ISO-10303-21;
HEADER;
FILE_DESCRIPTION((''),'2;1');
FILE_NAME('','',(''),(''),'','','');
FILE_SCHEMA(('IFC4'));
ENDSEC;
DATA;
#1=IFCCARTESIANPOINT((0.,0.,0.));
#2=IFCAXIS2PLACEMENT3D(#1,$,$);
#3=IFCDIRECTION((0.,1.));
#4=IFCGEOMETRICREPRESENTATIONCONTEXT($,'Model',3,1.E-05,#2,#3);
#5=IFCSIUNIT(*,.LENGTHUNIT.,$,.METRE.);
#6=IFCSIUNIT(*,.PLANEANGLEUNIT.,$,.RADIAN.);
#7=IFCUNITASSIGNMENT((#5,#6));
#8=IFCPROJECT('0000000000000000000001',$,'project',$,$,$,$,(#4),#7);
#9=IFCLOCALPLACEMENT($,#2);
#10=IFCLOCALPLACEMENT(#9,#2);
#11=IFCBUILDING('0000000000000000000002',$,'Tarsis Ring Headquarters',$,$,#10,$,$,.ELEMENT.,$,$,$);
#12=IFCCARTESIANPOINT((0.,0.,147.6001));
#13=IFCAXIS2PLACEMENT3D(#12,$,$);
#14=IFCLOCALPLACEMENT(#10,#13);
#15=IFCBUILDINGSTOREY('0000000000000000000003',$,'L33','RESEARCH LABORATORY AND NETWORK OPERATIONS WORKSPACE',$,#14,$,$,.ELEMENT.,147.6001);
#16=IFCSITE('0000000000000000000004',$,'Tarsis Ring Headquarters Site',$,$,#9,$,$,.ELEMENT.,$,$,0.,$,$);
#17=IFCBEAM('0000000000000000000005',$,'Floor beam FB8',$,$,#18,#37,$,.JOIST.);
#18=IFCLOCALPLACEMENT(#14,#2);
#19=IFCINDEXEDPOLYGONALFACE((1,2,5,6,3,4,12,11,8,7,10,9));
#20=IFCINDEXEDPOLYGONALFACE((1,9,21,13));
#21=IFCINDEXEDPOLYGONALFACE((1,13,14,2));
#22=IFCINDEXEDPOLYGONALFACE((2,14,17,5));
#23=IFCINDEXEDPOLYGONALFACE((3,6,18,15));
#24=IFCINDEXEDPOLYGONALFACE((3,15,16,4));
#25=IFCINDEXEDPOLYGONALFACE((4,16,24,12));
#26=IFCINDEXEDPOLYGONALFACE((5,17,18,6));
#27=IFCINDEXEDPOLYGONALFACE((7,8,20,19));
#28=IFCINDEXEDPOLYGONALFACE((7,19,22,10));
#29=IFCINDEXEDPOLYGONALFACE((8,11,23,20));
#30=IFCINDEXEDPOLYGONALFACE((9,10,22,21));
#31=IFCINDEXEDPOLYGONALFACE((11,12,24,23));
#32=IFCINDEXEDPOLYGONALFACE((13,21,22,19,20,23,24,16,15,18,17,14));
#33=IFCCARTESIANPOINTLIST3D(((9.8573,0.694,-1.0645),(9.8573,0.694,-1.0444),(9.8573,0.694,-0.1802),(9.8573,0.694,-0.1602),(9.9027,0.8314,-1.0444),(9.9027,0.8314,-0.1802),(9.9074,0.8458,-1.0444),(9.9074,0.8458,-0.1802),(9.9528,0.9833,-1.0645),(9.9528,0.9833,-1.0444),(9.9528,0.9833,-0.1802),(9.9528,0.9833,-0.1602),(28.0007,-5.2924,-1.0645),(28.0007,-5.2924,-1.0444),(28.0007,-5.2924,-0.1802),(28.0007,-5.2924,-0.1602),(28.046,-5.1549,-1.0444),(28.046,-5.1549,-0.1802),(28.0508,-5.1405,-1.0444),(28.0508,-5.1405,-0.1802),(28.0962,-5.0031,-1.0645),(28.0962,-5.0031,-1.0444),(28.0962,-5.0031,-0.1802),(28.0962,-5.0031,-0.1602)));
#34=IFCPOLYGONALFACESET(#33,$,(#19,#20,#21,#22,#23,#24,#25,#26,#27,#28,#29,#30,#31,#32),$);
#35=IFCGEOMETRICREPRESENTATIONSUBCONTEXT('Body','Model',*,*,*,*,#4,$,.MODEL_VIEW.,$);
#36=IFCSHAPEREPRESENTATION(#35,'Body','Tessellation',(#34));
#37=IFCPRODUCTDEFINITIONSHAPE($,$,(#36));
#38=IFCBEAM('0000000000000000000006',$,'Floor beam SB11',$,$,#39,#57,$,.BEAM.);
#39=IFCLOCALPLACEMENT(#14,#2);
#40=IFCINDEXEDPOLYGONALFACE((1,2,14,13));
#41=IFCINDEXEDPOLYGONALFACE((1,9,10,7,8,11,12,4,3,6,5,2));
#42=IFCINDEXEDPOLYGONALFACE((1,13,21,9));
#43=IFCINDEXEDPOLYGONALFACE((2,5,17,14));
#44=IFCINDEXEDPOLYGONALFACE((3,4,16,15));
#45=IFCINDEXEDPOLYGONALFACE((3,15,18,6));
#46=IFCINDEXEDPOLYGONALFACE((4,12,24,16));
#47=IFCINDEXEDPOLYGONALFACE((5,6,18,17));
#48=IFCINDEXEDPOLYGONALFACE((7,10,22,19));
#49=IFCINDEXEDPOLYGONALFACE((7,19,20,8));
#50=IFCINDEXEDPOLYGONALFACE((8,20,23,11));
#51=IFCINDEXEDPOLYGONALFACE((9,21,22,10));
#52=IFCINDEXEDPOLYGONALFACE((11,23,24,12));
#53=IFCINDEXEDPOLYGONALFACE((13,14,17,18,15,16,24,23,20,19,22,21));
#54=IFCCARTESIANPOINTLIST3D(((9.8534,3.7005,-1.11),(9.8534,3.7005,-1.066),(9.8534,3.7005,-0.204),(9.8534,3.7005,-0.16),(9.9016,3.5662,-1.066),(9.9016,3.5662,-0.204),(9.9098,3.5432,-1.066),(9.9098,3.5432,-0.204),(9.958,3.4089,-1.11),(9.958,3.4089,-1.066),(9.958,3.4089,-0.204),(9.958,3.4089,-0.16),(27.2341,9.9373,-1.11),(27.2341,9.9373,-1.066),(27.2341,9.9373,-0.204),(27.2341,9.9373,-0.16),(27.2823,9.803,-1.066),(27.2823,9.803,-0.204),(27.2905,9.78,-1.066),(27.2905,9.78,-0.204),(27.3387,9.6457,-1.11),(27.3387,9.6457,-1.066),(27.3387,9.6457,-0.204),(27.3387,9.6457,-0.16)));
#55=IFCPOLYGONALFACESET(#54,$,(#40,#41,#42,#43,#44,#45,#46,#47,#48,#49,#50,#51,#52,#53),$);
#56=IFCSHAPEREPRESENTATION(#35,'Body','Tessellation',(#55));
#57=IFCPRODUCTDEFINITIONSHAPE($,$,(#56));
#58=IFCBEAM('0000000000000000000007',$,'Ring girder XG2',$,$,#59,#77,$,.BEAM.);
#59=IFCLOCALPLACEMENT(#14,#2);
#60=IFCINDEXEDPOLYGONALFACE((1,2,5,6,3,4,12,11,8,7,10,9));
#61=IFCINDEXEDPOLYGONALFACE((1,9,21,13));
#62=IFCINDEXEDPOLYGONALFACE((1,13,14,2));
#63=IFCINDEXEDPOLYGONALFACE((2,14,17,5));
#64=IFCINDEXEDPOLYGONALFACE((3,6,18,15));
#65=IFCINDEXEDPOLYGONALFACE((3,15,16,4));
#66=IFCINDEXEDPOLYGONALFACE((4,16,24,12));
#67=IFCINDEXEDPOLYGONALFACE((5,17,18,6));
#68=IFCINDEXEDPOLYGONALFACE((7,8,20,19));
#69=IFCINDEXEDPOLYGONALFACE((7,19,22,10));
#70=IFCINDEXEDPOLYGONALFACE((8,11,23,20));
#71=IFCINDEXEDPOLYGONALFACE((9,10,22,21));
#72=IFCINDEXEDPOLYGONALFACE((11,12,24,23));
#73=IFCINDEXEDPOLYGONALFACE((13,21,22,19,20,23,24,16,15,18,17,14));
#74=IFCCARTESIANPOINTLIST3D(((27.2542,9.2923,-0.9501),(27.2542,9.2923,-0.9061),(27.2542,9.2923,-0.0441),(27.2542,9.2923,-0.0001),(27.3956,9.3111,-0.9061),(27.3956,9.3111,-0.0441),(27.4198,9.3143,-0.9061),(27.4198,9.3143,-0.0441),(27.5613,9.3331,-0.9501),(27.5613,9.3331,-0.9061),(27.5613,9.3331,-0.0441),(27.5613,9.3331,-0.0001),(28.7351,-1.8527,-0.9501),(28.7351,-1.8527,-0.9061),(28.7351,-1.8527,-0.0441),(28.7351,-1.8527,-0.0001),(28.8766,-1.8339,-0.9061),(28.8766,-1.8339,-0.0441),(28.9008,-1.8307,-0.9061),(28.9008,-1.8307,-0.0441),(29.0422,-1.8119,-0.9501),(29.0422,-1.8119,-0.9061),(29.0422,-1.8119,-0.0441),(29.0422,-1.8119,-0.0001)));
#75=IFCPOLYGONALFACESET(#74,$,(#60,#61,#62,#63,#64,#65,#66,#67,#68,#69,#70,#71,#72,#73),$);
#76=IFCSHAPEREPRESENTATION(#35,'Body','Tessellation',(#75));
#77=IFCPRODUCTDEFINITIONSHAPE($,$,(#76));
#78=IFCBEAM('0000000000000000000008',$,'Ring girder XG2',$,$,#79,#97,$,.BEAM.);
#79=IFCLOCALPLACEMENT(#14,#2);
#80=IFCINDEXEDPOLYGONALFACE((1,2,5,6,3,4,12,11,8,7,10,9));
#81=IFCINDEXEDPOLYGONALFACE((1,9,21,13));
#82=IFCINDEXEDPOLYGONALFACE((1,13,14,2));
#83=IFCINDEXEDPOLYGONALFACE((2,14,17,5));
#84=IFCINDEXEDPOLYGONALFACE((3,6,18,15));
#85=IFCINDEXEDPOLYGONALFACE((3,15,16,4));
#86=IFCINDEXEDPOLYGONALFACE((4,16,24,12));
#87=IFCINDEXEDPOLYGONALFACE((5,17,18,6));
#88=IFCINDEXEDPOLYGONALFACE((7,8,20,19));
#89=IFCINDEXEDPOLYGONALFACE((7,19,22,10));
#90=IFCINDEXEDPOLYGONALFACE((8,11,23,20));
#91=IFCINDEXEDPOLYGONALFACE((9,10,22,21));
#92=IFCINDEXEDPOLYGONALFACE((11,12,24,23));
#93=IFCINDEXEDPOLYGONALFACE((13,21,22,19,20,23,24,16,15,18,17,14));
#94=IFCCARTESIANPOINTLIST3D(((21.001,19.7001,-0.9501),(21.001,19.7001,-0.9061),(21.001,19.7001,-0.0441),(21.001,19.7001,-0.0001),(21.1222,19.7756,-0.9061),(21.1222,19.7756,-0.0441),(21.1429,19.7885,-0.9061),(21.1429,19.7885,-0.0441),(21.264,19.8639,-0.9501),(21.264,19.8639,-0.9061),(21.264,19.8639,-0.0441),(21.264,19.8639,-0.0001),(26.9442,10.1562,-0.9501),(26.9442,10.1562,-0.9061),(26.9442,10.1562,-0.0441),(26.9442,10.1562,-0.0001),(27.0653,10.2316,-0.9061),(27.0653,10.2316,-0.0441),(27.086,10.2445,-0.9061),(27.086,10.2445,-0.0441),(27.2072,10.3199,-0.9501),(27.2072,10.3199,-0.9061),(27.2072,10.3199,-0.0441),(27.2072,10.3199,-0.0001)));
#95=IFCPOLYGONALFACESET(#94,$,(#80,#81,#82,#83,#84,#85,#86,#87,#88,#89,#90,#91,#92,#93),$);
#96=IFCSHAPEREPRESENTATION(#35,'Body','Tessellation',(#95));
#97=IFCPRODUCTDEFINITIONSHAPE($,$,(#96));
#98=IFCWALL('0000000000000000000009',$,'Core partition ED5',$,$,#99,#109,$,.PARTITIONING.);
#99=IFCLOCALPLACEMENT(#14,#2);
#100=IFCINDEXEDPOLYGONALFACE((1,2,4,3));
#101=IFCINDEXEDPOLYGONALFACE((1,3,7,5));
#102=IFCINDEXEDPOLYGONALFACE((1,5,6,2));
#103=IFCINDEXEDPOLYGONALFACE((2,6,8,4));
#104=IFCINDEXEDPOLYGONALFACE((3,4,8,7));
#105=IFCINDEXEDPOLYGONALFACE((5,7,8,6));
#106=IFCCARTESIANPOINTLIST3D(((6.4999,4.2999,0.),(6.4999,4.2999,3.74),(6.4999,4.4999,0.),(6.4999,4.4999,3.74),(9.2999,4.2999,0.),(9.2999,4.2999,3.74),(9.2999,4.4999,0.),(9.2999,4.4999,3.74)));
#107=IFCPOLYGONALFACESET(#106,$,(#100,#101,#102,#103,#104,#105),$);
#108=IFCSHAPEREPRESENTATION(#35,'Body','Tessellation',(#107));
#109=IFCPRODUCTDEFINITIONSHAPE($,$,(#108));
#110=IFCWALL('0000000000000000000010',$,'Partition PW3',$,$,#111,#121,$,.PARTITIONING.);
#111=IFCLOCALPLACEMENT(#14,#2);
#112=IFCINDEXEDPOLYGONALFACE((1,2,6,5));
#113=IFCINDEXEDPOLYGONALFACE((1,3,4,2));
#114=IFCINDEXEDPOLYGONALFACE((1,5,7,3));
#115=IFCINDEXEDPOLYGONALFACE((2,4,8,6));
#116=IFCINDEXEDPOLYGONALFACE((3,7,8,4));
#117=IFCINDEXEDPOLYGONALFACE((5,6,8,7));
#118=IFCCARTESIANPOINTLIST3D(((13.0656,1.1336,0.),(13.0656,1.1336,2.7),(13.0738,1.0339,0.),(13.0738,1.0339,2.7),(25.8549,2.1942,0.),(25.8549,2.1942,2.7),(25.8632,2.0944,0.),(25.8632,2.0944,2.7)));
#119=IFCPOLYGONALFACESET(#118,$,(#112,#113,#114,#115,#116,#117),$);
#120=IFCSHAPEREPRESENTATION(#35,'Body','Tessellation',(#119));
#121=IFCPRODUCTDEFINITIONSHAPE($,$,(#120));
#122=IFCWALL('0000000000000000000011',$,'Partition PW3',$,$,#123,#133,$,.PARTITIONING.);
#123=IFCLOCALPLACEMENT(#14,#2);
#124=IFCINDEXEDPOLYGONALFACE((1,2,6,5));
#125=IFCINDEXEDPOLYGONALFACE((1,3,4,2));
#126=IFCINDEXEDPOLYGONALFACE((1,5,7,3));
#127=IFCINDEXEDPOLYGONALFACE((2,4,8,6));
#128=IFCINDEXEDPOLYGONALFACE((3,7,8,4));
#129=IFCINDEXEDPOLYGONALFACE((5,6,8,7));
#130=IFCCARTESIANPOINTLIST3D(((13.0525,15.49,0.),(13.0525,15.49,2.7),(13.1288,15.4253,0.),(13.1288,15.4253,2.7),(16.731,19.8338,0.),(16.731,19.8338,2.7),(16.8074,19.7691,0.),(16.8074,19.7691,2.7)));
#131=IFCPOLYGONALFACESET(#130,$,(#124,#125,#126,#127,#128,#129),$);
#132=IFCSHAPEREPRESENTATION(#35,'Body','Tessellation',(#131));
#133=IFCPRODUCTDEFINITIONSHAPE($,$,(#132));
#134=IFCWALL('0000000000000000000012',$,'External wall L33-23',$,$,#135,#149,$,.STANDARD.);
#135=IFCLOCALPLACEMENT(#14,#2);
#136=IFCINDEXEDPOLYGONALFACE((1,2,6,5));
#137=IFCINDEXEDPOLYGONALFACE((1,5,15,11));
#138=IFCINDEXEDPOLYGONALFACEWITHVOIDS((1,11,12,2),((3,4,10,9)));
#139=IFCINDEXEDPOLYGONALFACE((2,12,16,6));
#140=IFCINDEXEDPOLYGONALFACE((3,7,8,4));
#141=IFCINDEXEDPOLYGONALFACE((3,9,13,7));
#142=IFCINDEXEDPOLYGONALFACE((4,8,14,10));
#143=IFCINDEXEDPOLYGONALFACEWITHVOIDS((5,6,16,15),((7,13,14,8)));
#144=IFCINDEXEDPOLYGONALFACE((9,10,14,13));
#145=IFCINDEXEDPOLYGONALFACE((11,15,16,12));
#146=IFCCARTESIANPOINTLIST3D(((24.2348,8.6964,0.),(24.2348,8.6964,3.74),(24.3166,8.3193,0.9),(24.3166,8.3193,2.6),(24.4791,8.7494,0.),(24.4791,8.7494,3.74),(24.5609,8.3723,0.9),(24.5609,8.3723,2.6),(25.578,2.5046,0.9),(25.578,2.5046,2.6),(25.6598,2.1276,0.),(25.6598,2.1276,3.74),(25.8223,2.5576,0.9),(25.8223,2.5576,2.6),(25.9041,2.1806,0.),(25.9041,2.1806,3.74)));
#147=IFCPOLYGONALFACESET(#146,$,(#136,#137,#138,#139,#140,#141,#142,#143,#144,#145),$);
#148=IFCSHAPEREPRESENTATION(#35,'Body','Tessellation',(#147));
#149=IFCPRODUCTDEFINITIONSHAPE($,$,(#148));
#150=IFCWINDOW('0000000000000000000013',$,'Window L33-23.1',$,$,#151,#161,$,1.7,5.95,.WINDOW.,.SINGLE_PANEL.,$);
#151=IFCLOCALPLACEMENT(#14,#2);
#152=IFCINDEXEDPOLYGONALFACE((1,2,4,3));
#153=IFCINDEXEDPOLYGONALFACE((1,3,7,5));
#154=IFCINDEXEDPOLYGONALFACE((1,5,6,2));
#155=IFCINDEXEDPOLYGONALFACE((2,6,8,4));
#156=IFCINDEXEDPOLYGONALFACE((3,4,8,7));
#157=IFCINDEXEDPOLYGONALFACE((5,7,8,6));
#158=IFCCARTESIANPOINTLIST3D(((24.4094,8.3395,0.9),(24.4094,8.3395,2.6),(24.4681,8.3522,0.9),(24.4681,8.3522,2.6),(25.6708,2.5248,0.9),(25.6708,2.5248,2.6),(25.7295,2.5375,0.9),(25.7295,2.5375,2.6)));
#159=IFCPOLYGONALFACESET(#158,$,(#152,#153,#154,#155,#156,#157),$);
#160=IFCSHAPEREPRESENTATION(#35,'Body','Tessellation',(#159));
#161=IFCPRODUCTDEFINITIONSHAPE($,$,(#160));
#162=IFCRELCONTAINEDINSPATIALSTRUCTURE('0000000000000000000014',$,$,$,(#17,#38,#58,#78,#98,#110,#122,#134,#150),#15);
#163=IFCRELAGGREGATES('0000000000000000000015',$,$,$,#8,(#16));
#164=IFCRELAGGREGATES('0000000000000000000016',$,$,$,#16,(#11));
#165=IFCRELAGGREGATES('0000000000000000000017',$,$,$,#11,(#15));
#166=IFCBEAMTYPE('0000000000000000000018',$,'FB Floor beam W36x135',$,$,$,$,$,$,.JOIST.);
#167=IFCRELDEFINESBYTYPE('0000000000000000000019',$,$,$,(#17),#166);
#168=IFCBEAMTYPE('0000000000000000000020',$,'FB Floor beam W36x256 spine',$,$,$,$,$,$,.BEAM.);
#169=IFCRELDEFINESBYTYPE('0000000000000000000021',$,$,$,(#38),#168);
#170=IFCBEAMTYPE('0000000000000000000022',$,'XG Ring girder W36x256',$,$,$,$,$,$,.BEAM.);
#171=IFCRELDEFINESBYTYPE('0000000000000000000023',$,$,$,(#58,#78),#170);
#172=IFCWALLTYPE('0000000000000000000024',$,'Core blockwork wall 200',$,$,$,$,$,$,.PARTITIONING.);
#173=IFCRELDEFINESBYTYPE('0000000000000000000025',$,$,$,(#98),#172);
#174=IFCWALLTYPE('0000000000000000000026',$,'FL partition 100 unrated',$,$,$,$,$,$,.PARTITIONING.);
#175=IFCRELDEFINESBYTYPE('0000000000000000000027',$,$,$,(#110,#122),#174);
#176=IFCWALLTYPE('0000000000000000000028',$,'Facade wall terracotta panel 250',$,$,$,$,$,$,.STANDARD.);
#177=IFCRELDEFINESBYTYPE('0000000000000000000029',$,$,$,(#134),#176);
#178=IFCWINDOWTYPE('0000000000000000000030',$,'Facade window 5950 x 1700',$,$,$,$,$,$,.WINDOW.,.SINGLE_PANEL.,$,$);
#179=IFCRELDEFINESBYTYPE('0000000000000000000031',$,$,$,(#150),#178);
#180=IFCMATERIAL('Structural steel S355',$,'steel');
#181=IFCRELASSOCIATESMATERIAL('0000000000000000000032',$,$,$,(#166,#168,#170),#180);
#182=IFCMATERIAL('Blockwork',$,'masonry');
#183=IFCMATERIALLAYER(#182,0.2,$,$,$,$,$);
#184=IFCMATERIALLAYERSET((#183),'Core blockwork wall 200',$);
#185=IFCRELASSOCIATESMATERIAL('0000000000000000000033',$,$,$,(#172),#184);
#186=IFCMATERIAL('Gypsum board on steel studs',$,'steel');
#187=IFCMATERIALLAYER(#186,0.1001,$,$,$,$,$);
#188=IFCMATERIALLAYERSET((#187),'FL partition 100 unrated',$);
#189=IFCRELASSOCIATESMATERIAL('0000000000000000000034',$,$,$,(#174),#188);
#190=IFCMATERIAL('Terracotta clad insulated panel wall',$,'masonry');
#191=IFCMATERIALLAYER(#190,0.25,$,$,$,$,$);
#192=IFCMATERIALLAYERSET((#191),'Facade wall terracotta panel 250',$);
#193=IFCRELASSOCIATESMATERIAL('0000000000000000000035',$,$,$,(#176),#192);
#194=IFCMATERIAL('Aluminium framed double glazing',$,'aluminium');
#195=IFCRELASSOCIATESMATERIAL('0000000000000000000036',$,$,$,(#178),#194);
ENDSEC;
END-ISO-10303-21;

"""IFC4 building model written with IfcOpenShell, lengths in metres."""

from ifc_helpers import new_model, si_unit, direction, frame, frame_2d, origin, origin_2d, place, context, subcontext, project, spatial, rectangle, i_section, extrude, material, layer, layer_set, material_profile, profile_set, type_object, element, fill, save


model = new_model("IFC4")

# Units and contexts
model_context = context("Model", 3, precision=1e-05, world=origin(), true_north=direction((0.0, 1.0)))
body_context = subcontext(model_context, "Body", "Model", "MODEL_VIEW")
ifc_project = project(units=[si_unit("LENGTHUNIT", "METRE"), si_unit("PLANEANGLEUNIT", "RADIAN")], contexts=[model_context])

# Site, building, storey
site_placement = place(None, origin())
site = spatial("IfcSite", under=ifc_project, at=site_placement, Name="Tarsis Ring Headquarters Site", CompositionType="ELEMENT", RefElevation=0.0)
building_placement = place(site_placement, origin())
building = spatial("IfcBuilding", under=site, at=building_placement, Name="Tarsis Ring Headquarters", CompositionType="ELEMENT")
storey_placement = place(building_placement, frame((0.0, 0.0, 147.6001)))
storey = spatial("IfcBuildingStorey", under=building, at=storey_placement, Name="L33", Description="RESEARCH LABORATORY AND NETWORK OPERATIONS WORKSPACE", CompositionType="ELEMENT", Elevation=147.6001)

# Shared definitions
ifc_material_1 = material(Name="Structural steel S355", Category="steel")

# Beams
ifc_material_profile_1 = material_profile(ifc_material_1, i_section(OverallWidth=0.3047, OverallDepth=0.9043, WebThickness=0.0151, FlangeThickness=0.02, at=origin_2d()), Name="W36x135")
ifc_profile_set_1 = profile_set([ifc_material_profile_1], Name="Structural steel S355")
beam_type_1 = type_object("IfcBeamType", Name="FB Floor beam W36x135", PredefinedType="JOIST", material=ifc_profile_set_1)
beam_1_placement = place(storey_placement, frame((9.905, 0.8386, -0.6123), z_axis=(0.949644, -0.313332, 0.0), x_axis=(0.313332, 0.949644, 0.0)))
element("IfcBeam", 1, at=beam_1_placement, inside=storey, type_object=beam_type_1, Name="Floor beam FB8", PredefinedType="JOIST", context=body_context, shape_type="SweptSolid", body=[
    extrude(i_section(OverallWidth=0.3047, OverallDepth=0.9043, WebThickness=0.0151, FlangeThickness=0.02, at=origin_2d()), origin(), (0.0, 0.0, 1.0), 19.1055),
])
ifc_material_profile_2 = material_profile(ifc_material_1, i_section(OverallWidth=0.3098, OverallDepth=0.95, WebThickness=0.0244, FlangeThickness=0.0439, at=origin_2d()), Name="W36x256")
ifc_profile_set_2 = profile_set([ifc_material_profile_2], Name="Structural steel S355")
beam_type_2 = type_object("IfcBeamType", Name="FB Floor beam W36x256 spine", PredefinedType="BEAM", material=ifc_profile_set_2)
beam_2_placement = place(storey_placement, frame((27.2864, 9.7915, -0.635), z_axis=(-0.941236, -0.337751, 0.0), x_axis=(0.337751, -0.941236, 0.0)))
element("IfcBeam", 2, at=beam_2_placement, inside=storey, type_object=beam_type_2, Name="Floor beam SB11", PredefinedType="BEAM", context=body_context, shape_type="SweptSolid", body=[
    extrude(i_section(OverallWidth=0.3098, OverallDepth=0.95, WebThickness=0.0244, FlangeThickness=0.0439, at=origin_2d()), origin(), (0.0, 0.0, 1.0), 18.4658),
])
beam_type_3 = type_object("IfcBeamType", Name="XG Ring girder W36x256", PredefinedType="BEAM", material=ifc_profile_set_2)
beam_3_placement = place(storey_placement, frame((28.8887, -1.8323, -0.4751), z_axis=(-0.131723, 0.991287, 0.0), x_axis=(-0.991287, -0.131723, 0.0)))
element("IfcBeam", 3, at=beam_3_placement, inside=storey, type_object=beam_type_3, Name="Ring girder XG2", PredefinedType="BEAM", context=body_context, shape_type="SweptSolid", body=[
    extrude(i_section(OverallWidth=0.3098, OverallDepth=0.95, WebThickness=0.0244, FlangeThickness=0.0439, at=origin_2d()), origin(), (0.0, 0.0, 1.0), 11.2429),
])
beam_4_placement = place(storey_placement, frame((27.0757, 10.238, -0.4751), z_axis=(-0.528601, 0.848871, 0.0), x_axis=(-0.848871, -0.528601, 0.0)))
element("IfcBeam", 4, at=beam_4_placement, inside=storey, type_object=beam_type_3, Name="Ring girder XG2", PredefinedType="BEAM", context=body_context, shape_type="SweptSolid", body=[
    extrude(i_section(OverallWidth=0.3098, OverallDepth=0.95, WebThickness=0.0244, FlangeThickness=0.0439, at=origin_2d()), origin(), (0.0, 0.0, 1.0), 11.2432),
])

# Walls
ifc_material_2 = material(Name="Blockwork", Category="masonry")
ifc_layer_1 = layer(ifc_material_2, 0.2)
ifc_layer_set_1 = layer_set([ifc_layer_1], Name="Core blockwork wall 200")
wall_type_1 = type_object("IfcWallType", Name="Core blockwork wall 200", PredefinedType="PARTITIONING", material=ifc_layer_set_1)
wall_1_placement = place(storey_placement, frame((6.5, 4.3999, 0.0), z_axis=(0.0, 0.0, 1.0), x_axis=(1.0, 0.0, 0.0)))
element("IfcWall", 5, at=wall_1_placement, inside=storey, type_object=wall_type_1, Name="Core partition ED5", PredefinedType="PARTITIONING", context=body_context, shape_type="SweptSolid", body=[
    extrude(rectangle(XDim=2.8, YDim=0.2, at=frame_2d((1.3999, 0.0))), origin(), (0.0, 0.0, 1.0), 3.74),
])
ifc_material_3 = material(Name="Gypsum board on steel studs", Category="steel")
ifc_layer_2 = layer(ifc_material_3, 0.1001)
ifc_layer_set_2 = layer_set([ifc_layer_2], Name="FL partition 100 unrated")
wall_type_2 = type_object("IfcWallType", Name="FL partition 100 unrated", PredefinedType="PARTITIONING", material=ifc_layer_set_2)
wall_2_placement = place(storey_placement, frame((13.0698, 1.0837, 0.0), z_axis=(0.0, 0.0, 1.0), x_axis=(0.996579, 0.082641, 0.0)))
element("IfcWall", 6, at=wall_2_placement, inside=storey, type_object=wall_type_2, Name="Partition PW3", PredefinedType="PARTITIONING", context=body_context, shape_type="SweptSolid", body=[
    extrude(rectangle(XDim=12.8333, YDim=0.1001, at=frame_2d((6.4165, 0.0))), origin(), (0.0, 0.0, 1.0), 2.7),
])
wall_3_placement = place(storey_placement, frame((13.0906, 15.4575, 0.0), z_axis=(0.0, 0.0, 1.0), x_axis=(0.646248, 0.763128, 0.0)))
element("IfcWall", 7, at=wall_3_placement, inside=storey, type_object=wall_type_2, Name="Partition PW3", PredefinedType="PARTITIONING", context=body_context, shape_type="SweptSolid", body=[
    extrude(rectangle(XDim=5.6921, YDim=0.1001, at=frame_2d((2.8462, 0.0))), origin(), (0.0, 0.0, 1.0), 2.7),
])

# Wall, opening, window
ifc_material_4 = material(Name="Terracotta clad insulated panel wall", Category="masonry")
ifc_layer_3 = layer(ifc_material_4, 0.25)
ifc_layer_set_3 = layer_set([ifc_layer_3], Name="Facade wall terracotta panel 250")
wall_type_3 = type_object("IfcWallType", Name="Facade wall terracotta panel 250", PredefinedType="STANDARD", material=ifc_layer_set_3)
wall_4_placement = place(storey_placement, frame((25.782, 2.1541, 0.0), z_axis=(0.0, 0.0, 1.0), x_axis=(-0.212009, 0.977268, 0.0)))
wall_4 = element("IfcWall", 8, at=wall_4_placement, inside=storey, type_object=wall_type_3, Name="External wall L33-23", PredefinedType="STANDARD", context=body_context, shape_type="SweptSolid", body=[
    extrude(rectangle(XDim=6.7217, YDim=0.25, at=frame_2d((3.3608, 0.0))), origin(), (0.0, 0.0, 1.0), 3.74),
])
opening_1_placement = place(wall_4_placement, frame((0.3857, 0.0, 0.8999)))
opening_1 = element("IfcOpeningElement", 9, at=opening_1_placement, cuts=wall_4, PredefinedType="OPENING", context=body_context, shape_type="SweptSolid", body=[
    extrude(rectangle(XDim=5.95, YDim=1.7, at=frame_2d((2.9751, 0.8501))), frame((0.0, 0.135, 0.0), z_axis=(0.0, -1.0, 0.0), x_axis=(1.0, 0.0, 0.0)), (0.0, 0.0, 1.0), 0.27),
])
ifc_material_5 = material(Name="Aluminium framed double glazing", Category="aluminium")
window_type = type_object("IfcWindowType", Name="Facade window 5950 x 1700", PartitioningType="SINGLE_PANEL", PredefinedType="WINDOW", material=ifc_material_5)
window_1_placement = place(opening_1_placement, origin())
window_1 = element("IfcWindow", 10, at=window_1_placement, inside=storey, type_object=window_type, Name="Window L33-23.1", OverallHeight=1.7, OverallWidth=5.95, PartitioningType="SINGLE_PANEL", PredefinedType="WINDOW", context=body_context, shape_type="SweptSolid", body=[
    extrude(rectangle(XDim=5.95, YDim=1.7, at=frame_2d((2.9751, 0.8501))), frame((0.0, 0.03, 0.0), z_axis=(0.0, -1.0, 0.0), x_axis=(1.0, 0.0, 0.0)), (0.0, 0.0, 1.0), 0.0601),
])
fill(opening_1, window_1)

save(model, "model.ifc")
